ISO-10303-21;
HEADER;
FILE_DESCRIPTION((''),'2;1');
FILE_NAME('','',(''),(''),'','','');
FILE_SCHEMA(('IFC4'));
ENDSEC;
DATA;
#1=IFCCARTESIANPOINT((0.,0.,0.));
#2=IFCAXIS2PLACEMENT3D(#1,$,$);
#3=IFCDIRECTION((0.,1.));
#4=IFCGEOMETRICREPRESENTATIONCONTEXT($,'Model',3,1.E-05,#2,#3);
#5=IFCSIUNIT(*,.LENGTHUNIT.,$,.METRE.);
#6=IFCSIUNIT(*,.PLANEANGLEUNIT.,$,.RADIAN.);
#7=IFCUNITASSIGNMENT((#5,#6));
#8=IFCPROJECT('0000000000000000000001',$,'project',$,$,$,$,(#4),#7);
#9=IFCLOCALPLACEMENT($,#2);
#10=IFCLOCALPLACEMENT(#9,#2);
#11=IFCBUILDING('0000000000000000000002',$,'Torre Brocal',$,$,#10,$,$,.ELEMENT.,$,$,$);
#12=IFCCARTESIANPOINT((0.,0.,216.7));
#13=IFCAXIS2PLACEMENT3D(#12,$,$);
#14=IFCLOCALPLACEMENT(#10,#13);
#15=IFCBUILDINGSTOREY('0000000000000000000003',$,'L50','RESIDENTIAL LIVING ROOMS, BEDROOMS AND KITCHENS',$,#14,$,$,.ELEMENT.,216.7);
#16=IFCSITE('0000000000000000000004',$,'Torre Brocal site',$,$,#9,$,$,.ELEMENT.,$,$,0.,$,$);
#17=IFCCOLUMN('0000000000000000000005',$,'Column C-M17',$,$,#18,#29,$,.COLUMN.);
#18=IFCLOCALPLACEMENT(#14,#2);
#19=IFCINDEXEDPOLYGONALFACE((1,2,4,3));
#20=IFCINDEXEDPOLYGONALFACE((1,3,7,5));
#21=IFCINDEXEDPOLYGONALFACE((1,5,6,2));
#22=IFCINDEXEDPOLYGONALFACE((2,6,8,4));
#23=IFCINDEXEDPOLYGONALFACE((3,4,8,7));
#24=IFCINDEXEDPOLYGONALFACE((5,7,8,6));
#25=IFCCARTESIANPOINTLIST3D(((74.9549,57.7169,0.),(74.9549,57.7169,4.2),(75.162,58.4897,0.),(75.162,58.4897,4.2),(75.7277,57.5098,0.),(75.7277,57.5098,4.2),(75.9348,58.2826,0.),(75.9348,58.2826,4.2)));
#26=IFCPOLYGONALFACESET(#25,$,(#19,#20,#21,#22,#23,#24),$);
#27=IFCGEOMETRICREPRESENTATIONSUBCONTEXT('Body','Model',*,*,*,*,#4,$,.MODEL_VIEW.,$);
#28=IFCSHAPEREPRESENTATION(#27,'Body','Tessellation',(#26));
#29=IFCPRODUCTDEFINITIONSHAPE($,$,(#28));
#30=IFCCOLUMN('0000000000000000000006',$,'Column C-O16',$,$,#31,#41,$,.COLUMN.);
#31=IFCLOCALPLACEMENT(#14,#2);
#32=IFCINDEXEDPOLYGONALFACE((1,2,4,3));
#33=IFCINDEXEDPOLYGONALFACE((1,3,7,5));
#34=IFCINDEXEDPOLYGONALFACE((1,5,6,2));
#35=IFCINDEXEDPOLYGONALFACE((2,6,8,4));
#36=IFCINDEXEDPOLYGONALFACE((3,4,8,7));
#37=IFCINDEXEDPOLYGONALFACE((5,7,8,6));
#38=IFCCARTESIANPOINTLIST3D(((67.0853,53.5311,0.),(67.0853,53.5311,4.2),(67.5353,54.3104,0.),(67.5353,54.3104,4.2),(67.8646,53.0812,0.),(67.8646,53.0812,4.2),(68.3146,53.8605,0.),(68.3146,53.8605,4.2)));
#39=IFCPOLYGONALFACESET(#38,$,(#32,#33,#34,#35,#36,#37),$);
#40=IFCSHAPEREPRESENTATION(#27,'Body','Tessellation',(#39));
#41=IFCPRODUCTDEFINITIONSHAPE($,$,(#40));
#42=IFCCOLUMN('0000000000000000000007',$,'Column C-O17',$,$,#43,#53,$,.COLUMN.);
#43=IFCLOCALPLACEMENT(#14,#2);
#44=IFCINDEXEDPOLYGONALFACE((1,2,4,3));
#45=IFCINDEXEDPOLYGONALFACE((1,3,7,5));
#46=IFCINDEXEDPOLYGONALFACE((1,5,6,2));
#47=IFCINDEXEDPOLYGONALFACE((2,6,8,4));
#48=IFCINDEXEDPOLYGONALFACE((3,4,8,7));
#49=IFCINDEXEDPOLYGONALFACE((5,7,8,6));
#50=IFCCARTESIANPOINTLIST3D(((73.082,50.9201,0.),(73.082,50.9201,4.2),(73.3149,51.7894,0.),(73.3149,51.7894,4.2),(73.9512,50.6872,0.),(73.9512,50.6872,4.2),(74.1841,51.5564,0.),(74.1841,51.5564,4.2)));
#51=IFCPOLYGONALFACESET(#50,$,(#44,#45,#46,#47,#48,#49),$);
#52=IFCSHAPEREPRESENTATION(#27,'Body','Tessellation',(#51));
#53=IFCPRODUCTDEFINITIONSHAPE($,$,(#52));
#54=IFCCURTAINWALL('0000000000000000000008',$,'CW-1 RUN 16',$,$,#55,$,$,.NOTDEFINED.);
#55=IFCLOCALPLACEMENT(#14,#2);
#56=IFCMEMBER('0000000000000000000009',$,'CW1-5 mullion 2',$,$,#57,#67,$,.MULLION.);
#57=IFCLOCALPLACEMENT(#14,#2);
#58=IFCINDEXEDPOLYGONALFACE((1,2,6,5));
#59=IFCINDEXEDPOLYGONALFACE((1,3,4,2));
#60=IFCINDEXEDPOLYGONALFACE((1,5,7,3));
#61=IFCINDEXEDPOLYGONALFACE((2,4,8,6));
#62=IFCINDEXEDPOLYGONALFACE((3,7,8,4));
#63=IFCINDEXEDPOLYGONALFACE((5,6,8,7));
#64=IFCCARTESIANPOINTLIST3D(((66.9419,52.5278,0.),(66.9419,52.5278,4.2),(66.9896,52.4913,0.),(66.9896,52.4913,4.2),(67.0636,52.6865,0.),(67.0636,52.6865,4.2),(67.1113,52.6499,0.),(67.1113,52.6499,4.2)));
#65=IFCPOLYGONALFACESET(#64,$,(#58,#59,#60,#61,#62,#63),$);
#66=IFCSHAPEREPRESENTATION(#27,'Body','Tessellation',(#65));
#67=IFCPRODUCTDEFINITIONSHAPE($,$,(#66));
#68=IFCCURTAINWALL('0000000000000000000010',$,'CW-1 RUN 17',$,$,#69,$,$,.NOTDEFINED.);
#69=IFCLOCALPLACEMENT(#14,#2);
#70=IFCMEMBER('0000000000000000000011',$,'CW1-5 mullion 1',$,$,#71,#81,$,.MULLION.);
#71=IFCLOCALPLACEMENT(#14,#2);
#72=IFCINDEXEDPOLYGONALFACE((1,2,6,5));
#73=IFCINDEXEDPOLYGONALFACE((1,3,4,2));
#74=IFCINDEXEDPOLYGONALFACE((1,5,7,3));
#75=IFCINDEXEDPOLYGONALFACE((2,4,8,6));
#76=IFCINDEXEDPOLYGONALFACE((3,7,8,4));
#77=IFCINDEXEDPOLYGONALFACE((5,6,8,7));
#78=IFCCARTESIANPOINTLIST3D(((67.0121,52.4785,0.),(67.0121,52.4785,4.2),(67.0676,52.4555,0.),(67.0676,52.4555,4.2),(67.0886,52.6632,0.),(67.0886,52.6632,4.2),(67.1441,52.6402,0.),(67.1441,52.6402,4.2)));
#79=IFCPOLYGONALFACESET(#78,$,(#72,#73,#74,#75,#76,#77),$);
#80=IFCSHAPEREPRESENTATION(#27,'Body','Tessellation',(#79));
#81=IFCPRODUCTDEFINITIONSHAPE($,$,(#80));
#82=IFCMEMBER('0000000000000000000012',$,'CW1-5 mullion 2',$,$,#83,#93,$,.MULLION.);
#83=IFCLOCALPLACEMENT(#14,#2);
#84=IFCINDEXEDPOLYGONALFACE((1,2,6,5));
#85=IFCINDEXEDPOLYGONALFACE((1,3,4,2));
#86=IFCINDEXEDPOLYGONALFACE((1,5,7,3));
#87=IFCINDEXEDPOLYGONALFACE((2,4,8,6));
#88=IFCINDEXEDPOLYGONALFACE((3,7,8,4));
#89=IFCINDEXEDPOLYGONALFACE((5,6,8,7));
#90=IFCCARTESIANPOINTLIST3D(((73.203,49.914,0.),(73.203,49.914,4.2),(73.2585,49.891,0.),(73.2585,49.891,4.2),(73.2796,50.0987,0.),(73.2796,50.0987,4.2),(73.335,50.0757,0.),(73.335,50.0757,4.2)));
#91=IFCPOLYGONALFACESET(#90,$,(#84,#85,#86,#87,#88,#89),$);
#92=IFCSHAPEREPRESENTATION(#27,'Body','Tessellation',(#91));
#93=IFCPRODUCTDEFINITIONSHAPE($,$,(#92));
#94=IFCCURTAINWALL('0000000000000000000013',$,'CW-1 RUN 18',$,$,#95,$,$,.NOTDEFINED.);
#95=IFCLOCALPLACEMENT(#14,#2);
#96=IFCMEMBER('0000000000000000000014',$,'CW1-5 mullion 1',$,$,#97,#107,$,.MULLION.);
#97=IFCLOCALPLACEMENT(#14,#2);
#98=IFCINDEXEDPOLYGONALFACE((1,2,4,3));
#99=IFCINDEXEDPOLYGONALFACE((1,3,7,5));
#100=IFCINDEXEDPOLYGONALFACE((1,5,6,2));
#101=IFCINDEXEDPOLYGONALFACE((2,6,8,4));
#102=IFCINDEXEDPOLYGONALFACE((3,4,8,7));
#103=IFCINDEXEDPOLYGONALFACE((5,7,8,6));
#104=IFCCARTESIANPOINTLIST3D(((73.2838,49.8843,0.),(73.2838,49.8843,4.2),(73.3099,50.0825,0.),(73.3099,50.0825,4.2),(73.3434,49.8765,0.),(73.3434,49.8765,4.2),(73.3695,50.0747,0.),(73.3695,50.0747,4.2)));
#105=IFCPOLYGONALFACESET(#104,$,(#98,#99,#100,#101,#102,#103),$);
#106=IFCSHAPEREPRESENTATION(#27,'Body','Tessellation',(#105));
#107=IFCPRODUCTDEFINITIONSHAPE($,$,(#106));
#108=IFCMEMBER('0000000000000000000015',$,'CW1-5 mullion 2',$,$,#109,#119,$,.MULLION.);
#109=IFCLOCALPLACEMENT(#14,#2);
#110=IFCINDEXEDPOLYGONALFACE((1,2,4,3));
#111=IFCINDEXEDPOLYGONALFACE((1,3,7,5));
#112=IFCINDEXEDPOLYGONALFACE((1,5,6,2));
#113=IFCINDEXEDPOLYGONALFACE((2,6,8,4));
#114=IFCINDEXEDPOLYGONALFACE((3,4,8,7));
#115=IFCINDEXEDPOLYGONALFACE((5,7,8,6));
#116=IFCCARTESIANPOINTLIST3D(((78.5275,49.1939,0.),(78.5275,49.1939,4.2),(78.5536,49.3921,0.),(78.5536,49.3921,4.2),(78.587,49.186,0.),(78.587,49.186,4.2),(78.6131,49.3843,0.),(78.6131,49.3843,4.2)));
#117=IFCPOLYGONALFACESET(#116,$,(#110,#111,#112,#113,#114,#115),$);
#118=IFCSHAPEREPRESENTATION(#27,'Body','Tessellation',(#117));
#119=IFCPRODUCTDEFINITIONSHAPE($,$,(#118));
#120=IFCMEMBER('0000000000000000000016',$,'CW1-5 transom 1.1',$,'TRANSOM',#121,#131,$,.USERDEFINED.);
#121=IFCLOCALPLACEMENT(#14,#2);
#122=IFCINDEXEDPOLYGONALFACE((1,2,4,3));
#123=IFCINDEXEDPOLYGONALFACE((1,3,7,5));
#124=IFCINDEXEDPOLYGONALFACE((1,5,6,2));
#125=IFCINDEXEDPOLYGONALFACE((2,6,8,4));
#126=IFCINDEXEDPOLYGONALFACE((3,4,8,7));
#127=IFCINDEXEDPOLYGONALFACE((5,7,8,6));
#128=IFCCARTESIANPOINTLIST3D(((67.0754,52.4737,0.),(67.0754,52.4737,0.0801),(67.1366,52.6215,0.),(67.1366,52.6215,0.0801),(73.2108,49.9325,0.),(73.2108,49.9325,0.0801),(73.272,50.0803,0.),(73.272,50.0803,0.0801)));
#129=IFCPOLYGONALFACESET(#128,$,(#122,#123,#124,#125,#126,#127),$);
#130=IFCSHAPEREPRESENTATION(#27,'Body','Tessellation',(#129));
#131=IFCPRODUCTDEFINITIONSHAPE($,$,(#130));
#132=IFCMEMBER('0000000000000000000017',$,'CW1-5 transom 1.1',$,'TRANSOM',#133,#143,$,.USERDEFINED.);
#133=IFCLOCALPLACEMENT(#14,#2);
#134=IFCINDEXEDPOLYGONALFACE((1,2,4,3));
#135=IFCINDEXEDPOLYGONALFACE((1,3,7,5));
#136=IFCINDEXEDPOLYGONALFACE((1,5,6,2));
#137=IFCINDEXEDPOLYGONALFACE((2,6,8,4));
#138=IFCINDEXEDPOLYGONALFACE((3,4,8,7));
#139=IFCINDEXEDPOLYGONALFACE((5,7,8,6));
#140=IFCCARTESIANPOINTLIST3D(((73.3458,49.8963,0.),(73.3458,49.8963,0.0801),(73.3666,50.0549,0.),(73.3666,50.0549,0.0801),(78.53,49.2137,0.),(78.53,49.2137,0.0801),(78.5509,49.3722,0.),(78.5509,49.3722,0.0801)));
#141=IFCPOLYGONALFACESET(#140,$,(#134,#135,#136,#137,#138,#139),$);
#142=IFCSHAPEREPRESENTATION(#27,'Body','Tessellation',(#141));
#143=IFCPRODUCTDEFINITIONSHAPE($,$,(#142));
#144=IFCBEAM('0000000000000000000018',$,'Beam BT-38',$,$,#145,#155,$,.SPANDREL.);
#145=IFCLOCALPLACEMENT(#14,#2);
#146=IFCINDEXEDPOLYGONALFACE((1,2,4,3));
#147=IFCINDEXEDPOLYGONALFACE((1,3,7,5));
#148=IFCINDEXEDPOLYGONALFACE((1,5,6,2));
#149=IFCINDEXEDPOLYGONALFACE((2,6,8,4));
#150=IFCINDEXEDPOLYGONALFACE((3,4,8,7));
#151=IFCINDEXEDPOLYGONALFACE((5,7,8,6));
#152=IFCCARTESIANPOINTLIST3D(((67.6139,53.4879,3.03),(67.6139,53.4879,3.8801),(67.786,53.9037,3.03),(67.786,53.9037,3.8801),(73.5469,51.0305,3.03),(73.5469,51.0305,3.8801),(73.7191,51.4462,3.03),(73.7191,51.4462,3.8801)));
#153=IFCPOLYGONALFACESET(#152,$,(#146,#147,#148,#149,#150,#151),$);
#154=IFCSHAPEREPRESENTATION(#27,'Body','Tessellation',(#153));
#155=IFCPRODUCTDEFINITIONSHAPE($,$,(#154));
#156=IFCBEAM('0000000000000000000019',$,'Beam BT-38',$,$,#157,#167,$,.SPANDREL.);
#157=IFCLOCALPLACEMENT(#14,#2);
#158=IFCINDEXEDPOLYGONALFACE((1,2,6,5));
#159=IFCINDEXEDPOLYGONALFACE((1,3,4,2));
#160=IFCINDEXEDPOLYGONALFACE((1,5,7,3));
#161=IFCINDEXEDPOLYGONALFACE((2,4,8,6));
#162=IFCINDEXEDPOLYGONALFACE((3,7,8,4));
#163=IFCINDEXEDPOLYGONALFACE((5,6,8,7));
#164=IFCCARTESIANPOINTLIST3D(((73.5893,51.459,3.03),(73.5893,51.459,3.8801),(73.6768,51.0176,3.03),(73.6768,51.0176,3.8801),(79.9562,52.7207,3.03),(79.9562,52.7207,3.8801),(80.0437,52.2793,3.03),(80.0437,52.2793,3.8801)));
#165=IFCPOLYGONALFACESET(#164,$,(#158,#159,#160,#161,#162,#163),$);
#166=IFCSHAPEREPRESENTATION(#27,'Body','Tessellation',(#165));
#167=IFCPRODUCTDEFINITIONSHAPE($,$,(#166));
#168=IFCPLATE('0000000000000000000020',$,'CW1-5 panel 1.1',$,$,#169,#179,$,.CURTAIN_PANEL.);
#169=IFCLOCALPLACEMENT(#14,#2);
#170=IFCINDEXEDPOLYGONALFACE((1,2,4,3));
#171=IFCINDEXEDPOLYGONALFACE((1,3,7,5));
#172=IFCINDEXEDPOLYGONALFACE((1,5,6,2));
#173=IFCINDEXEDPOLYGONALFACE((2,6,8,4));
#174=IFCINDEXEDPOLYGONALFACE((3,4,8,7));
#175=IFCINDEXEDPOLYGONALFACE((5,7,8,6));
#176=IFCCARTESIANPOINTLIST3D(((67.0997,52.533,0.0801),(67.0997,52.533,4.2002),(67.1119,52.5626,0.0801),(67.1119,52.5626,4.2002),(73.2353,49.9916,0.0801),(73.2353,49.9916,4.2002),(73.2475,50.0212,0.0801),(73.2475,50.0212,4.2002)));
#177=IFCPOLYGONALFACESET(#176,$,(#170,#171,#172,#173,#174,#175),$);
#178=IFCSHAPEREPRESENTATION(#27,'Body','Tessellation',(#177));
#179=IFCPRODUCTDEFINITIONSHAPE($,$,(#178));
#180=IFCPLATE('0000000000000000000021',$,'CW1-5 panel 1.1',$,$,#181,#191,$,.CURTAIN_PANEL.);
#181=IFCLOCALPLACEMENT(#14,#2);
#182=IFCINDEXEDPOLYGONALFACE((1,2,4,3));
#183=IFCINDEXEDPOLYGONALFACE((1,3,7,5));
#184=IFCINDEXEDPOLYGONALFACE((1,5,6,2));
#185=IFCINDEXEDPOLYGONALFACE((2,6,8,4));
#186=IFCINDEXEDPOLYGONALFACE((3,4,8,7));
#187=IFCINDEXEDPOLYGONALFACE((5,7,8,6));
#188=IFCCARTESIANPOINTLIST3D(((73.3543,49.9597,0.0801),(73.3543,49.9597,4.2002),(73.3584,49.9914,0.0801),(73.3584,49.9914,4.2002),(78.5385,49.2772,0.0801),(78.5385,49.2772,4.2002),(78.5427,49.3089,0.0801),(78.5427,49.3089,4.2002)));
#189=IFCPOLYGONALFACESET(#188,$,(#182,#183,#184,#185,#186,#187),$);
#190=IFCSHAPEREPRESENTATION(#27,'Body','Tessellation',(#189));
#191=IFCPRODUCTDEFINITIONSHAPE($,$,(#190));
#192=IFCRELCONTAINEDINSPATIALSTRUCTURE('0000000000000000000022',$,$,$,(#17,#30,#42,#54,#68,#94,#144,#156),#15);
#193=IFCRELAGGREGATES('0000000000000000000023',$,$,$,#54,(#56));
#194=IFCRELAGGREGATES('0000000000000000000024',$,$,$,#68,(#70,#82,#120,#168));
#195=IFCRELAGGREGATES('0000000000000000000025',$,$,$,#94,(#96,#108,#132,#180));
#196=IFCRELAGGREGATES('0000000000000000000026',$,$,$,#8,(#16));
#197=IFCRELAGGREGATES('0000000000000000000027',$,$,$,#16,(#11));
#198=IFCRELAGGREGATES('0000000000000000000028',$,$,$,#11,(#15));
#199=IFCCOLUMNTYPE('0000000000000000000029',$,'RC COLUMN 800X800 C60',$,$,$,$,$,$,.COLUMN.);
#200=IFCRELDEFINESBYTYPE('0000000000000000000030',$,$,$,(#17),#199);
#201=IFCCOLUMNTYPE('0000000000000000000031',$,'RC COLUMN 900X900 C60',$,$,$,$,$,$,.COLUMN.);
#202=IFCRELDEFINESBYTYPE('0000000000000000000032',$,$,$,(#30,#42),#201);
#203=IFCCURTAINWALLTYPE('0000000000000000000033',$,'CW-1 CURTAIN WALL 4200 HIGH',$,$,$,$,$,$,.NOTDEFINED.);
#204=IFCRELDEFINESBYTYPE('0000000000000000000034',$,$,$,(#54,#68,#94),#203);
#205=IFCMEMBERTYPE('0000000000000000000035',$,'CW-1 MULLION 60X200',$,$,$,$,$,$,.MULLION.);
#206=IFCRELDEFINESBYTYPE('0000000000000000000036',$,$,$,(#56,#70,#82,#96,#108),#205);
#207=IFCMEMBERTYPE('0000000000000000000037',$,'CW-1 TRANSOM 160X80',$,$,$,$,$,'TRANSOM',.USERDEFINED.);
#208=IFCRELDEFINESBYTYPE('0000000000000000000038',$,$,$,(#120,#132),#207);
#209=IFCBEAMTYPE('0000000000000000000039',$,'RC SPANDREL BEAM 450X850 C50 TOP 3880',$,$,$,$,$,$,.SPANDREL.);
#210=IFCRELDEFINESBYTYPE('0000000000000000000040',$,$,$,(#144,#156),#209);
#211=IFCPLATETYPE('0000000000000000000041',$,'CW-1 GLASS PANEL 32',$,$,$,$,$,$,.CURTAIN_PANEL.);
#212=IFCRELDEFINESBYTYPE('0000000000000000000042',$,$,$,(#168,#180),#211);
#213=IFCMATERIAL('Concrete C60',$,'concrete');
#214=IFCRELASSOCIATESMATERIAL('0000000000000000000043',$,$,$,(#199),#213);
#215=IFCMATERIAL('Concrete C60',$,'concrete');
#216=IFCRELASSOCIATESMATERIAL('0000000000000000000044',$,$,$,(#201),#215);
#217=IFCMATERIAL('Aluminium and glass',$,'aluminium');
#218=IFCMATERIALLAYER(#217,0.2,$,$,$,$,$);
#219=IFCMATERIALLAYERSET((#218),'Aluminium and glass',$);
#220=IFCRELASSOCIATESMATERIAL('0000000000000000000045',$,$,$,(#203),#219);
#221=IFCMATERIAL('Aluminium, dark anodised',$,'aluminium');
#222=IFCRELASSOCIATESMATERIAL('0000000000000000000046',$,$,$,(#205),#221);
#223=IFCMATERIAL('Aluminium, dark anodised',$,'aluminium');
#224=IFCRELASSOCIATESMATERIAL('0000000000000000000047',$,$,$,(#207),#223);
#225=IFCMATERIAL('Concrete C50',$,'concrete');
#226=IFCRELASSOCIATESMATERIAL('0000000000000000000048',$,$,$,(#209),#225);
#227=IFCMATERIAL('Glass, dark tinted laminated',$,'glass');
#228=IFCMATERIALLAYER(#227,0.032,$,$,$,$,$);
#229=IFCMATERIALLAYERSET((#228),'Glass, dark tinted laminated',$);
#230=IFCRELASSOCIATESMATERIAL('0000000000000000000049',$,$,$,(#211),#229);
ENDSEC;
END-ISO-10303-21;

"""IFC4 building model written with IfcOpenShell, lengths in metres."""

from ifc_helpers import new_model, si_unit, direction, frame, origin, origin_2d, place, context, subcontext, project, spatial, rectangle, extrude, material, layer, layer_set, material_profile, profile_set, type_object, element, aggregate, save


model = new_model("IFC4")

# Units and contexts
model_context = context("Model", 3, precision=1e-05, world=origin(), true_north=direction((0.0, 1.0)))
body_context = subcontext(model_context, "Body", "Model", "MODEL_VIEW")
ifc_project = project(units=[si_unit("LENGTHUNIT", "METRE"), si_unit("PLANEANGLEUNIT", "RADIAN")], contexts=[model_context])

# Site, building, storey
site_placement = place(None, origin())
site = spatial("IfcSite", under=ifc_project, at=site_placement, Name="Torre Brocal site", CompositionType="ELEMENT", RefElevation=0.0)
building_placement = place(site_placement, origin())
building = spatial("IfcBuilding", under=site, at=building_placement, Name="Torre Brocal", CompositionType="ELEMENT")
storey_placement = place(building_placement, frame((0.0, 0.0, 216.7)))
storey = spatial("IfcBuildingStorey", under=building, at=storey_placement, Name="L50", Description="RESIDENTIAL LIVING ROOMS, BEDROOMS AND KITCHENS", CompositionType="ELEMENT", Elevation=216.7)

# Columns
ifc_material_1 = material(Name="Concrete C60", Category="concrete")
ifc_material_profile_1 = material_profile(ifc_material_1, rectangle(XDim=0.8, YDim=0.8, at=origin_2d()), Name="RC 800X800")
ifc_profile_set_1 = profile_set([ifc_material_profile_1], Name="Concrete C60")
column_type_1 = type_object("IfcColumnType", Name="RC COLUMN 800X800 C60", PredefinedType="COLUMN", material=ifc_profile_set_1)
column_placement = place(storey_placement, frame((75.4448, 57.9998, 0.0), z_axis=(0.0, 0.0, 1.0), x_axis=(-0.258819, -0.965926, 0.0)))
element("IfcColumn", 1, at=column_placement, inside=storey, type_object=column_type_1, Name="Column C-M17", PredefinedType="COLUMN", context=body_context, shape_type="SweptSolid", body=[
    extrude(rectangle(XDim=0.8, YDim=0.8, at=origin_2d()), origin(), (0.0, 0.0, 1.0), 4.2),
])
ifc_material_2 = material(Name="Concrete C60", Category="concrete")
ifc_material_profile_2 = material_profile(ifc_material_2, rectangle(XDim=0.8999, YDim=0.8999, at=origin_2d()), Name="RC 900X900")
ifc_profile_set_2 = profile_set([ifc_material_profile_2], Name="Concrete C60")
column_type_2 = type_object("IfcColumnType", Name="RC COLUMN 900X900 C60", PredefinedType="COLUMN", material=ifc_profile_set_2)
for number, where, z_axis, x_axis, name in (
    (2, (67.7, 53.6958, 0.0), (0.0, 0.0, 1.0), (-0.5, -0.866025, 0.0), "Column C-O16"),
    (3, (73.6331, 51.2383, 0.0), (0.0, 0.0, 1.0), (-0.258819, -0.965926, 0.0), "Column C-O17"),
):
    element("IfcColumn", number, at=place(storey_placement, frame(where, z_axis=z_axis, x_axis=x_axis)), inside=storey, type_object=column_type_2, Name=name, PredefinedType="COLUMN", context=body_context, shape_type="SweptSolid", body=[
        extrude(rectangle(XDim=0.8999, YDim=0.8999, at=origin_2d()), origin(), (0.0, 0.0, 1.0), 4.2),
    ])

# Curtain wall, member
ifc_material_3 = material(Name="Aluminium and glass", Category="aluminium")
ifc_layer_1 = layer(ifc_material_3, 0.2)
ifc_layer_set_1 = layer_set([ifc_layer_1], Name="Aluminium and glass")
curtain_wall_type = type_object("IfcCurtainWallType", Name="CW-1 CURTAIN WALL 4200 HIGH", PredefinedType="NOTDEFINED", material=ifc_layer_set_1)
curtain_wall_1_placement = place(storey_placement, origin())
curtain_wall_1 = element("IfcCurtainWall", 4, at=curtain_wall_1_placement, inside=storey, type_object=curtain_wall_type, Name="CW-1 RUN 16", PredefinedType="NOTDEFINED")
ifc_material_4 = material(Name="Aluminium, dark anodised", Category="aluminium")
ifc_material_profile_3 = material_profile(ifc_material_4, rectangle(XDim=0.2, YDim=0.0601, at=origin_2d()), Name="CW-1 MULLION 60X200")
ifc_profile_set_3 = profile_set([ifc_material_profile_3], Name="Aluminium, dark anodised")
member_type_1 = type_object("IfcMemberType", Name="CW-1 MULLION 60X200", PredefinedType="MULLION", material=ifc_profile_set_3)
member_1_placement = place(storey_placement, frame((67.0266, 52.5889, 0.0), z_axis=(0.0, 0.0, 1.0), x_axis=(0.608761, 0.793353, 0.0)))
member_1 = element("IfcMember", 5, at=member_1_placement, type_object=member_type_1, Name="CW1-5 mullion 2", PredefinedType="MULLION", context=body_context, shape_type="SweptSolid", body=[
    extrude(rectangle(XDim=0.2, YDim=0.0601, at=origin_2d()), origin(), (0.0, 0.0, 1.0), 4.2),
])
aggregate(curtain_wall_1, [member_1])

# Curtain walls, members
curtain_wall_2_placement = place(storey_placement, origin())
curtain_wall_2 = element("IfcCurtainWall", 6, at=curtain_wall_2_placement, inside=storey, type_object=curtain_wall_type, Name="CW-1 RUN 17", PredefinedType="NOTDEFINED")
member_2_placement = place(storey_placement, frame((67.0781, 52.5593, 0.0), z_axis=(0.0, 0.0, 1.0), x_axis=(0.382683, 0.92388, 0.0)))
member_2 = element("IfcMember", 7, at=member_2_placement, type_object=member_type_1, Name="CW1-5 mullion 1", PredefinedType="MULLION", context=body_context, shape_type="SweptSolid", body=[
    extrude(rectangle(XDim=0.2, YDim=0.0601, at=origin_2d()), origin(), (0.0, 0.0, 1.0), 4.2),
])
member_3_placement = place(storey_placement, frame((73.269, 49.9949, 0.0), z_axis=(0.0, 0.0, 1.0), x_axis=(0.382683, 0.92388, 0.0)))
member_3 = element("IfcMember", 8, at=member_3_placement, type_object=member_type_1, Name="CW1-5 mullion 2", PredefinedType="MULLION", context=body_context, shape_type="SweptSolid", body=[
    extrude(rectangle(XDim=0.2, YDim=0.0601, at=origin_2d()), origin(), (0.0, 0.0, 1.0), 4.2),
])
curtain_wall_3_placement = place(storey_placement, origin())
curtain_wall_3 = element("IfcCurtainWall", 9, at=curtain_wall_3_placement, inside=storey, type_object=curtain_wall_type, Name="CW-1 RUN 18", PredefinedType="NOTDEFINED")
member_4_placement = place(storey_placement, frame((73.3267, 49.9795, 0.0), z_axis=(0.0, 0.0, 1.0), x_axis=(0.130526, 0.991445, 0.0)))
member_4 = element("IfcMember", 10, at=member_4_placement, type_object=member_type_1, Name="CW1-5 mullion 1", PredefinedType="MULLION", context=body_context, shape_type="SweptSolid", body=[
    extrude(rectangle(XDim=0.2, YDim=0.0601, at=origin_2d()), origin(), (0.0, 0.0, 1.0), 4.2),
])
member_5_placement = place(storey_placement, frame((78.5703, 49.2891, 0.0), z_axis=(0.0, 0.0, 1.0), x_axis=(0.130526, 0.991445, 0.0)))
member_5 = element("IfcMember", 11, at=member_5_placement, type_object=member_type_1, Name="CW1-5 mullion 2", PredefinedType="MULLION", context=body_context, shape_type="SweptSolid", body=[
    extrude(rectangle(XDim=0.2, YDim=0.0601, at=origin_2d()), origin(), (0.0, 0.0, 1.0), 4.2),
])

# Members
ifc_material_5 = material(Name="Aluminium, dark anodised", Category="aluminium")
ifc_material_profile_4 = material_profile(ifc_material_5, rectangle(XDim=0.1599, YDim=0.0801, at=origin_2d()), Name="CW-1 TRANSOM 160X80")
ifc_profile_set_4 = profile_set([ifc_material_profile_4], Name="Aluminium, dark anodised")
member_type_2 = type_object("IfcMemberType", Name="CW-1 TRANSOM 160X80", ElementType="TRANSOM", PredefinedType="USERDEFINED", material=ifc_profile_set_4)
member_6_placement = place(storey_placement, frame((67.106, 52.5476, 0.04), z_axis=(0.923887, -0.382665, 0.0), x_axis=(0.382665, 0.923887, 0.0)))
member_6 = element("IfcMember", 12, at=member_6_placement, type_object=member_type_2, Name="CW1-5 transom 1.1", ObjectType="TRANSOM", PredefinedType="USERDEFINED", context=body_context, shape_type="SweptSolid", body=[
    extrude(rectangle(XDim=0.1599, YDim=0.0801, at=origin_2d()), origin(), (0.0, 0.0, 1.0), 6.6409),
])
member_7_placement = place(storey_placement, frame((73.3562, 49.9756, 0.04), z_axis=(0.991443, -0.130543, 0.0), x_axis=(0.130543, 0.991443, 0.0)))
member_7 = element("IfcMember", 13, at=member_7_placement, type_object=member_type_2, Name="CW1-5 transom 1.1", ObjectType="TRANSOM", PredefinedType="USERDEFINED", context=body_context, shape_type="SweptSolid", body=[
    extrude(rectangle(XDim=0.1599, YDim=0.0801, at=origin_2d()), origin(), (0.0, 0.0, 1.0), 5.229),
])

# Beams
ifc_material_6 = material(Name="Concrete C50", Category="concrete")
ifc_material_profile_5 = material_profile(ifc_material_6, rectangle(XDim=0.45, YDim=0.8501, at=origin_2d()), Name="RC 450X850")
ifc_profile_set_5 = profile_set([ifc_material_profile_5], Name="Concrete C50")
beam_type = type_object("IfcBeamType", Name="RC SPANDREL BEAM 450X850 C50 TOP 3880", PredefinedType="SPANDREL", material=ifc_profile_set_5)
beam_1_placement = place(storey_placement, frame((67.7, 53.6958, 3.4551), z_axis=(0.923882, -0.382676, 0.0), x_axis=(0.382676, 0.923882, 0.0)))
element("IfcBeam", 14, at=beam_1_placement, inside=storey, type_object=beam_type, Name="Beam BT-38", PredefinedType="SPANDREL", context=body_context, shape_type="SweptSolid", body=[
    extrude(rectangle(XDim=0.45, YDim=0.8501, at=origin_2d()), origin(), (0.0, 0.0, 1.0), 6.4219),
])
beam_2_placement = place(storey_placement, frame((73.6331, 51.2383, 3.4551), z_axis=(0.980925, 0.194387, 0.0), x_axis=(-0.194387, 0.980925, 0.0)))
element("IfcBeam", 15, at=beam_2_placement, inside=storey, type_object=beam_type, Name="Beam BT-38", PredefinedType="SPANDREL", context=body_context, shape_type="SweptSolid", body=[
    extrude(rectangle(XDim=0.45, YDim=0.8501, at=origin_2d()), origin(), (0.0, 0.0, 1.0), 6.4907),
])

# Plates
ifc_material_7 = material(Name="Glass, dark tinted laminated", Category="glass")
ifc_layer_2 = layer(ifc_material_7, 0.032)
ifc_layer_set_2 = layer_set([ifc_layer_2], Name="Glass, dark tinted laminated")
plate_type = type_object("IfcPlateType", Name="CW-1 GLASS PANEL 32", PredefinedType="CURTAIN_PANEL", material=ifc_layer_set_2)
plate_1_placement = place(storey_placement, frame((70.1736, 51.2771, 0.0801), z_axis=(0.0, 0.0, 1.0), x_axis=(0.92388, -0.382683, 0.0)))
plate_1 = element("IfcPlate", 16, at=plate_1_placement, type_object=plate_type, Name="CW1-5 panel 1.1", PredefinedType="CURTAIN_PANEL", context=body_context, shape_type="SweptSolid", body=[
    extrude(rectangle(XDim=6.6411, YDim=0.032, at=origin_2d()), origin(), (0.0, 0.0, 1.0), 4.1201),
])
aggregate(curtain_wall_2, [member_2, member_3, member_6, plate_1])
plate_2_placement = place(storey_placement, frame((75.9485, 49.6343, 0.0801), z_axis=(0.0, 0.0, 1.0), x_axis=(0.991445, -0.130526, 0.0)))
plate_2 = element("IfcPlate", 17, at=plate_2_placement, type_object=plate_type, Name="CW1-5 panel 1.1", PredefinedType="CURTAIN_PANEL", context=body_context, shape_type="SweptSolid", body=[
    extrude(rectangle(XDim=5.229, YDim=0.032, at=origin_2d()), origin(), (0.0, 0.0, 1.0), 4.1201),
])
aggregate(curtain_wall_3, [member_4, member_5, member_7, plate_2])

save(model, "model.ifc")
